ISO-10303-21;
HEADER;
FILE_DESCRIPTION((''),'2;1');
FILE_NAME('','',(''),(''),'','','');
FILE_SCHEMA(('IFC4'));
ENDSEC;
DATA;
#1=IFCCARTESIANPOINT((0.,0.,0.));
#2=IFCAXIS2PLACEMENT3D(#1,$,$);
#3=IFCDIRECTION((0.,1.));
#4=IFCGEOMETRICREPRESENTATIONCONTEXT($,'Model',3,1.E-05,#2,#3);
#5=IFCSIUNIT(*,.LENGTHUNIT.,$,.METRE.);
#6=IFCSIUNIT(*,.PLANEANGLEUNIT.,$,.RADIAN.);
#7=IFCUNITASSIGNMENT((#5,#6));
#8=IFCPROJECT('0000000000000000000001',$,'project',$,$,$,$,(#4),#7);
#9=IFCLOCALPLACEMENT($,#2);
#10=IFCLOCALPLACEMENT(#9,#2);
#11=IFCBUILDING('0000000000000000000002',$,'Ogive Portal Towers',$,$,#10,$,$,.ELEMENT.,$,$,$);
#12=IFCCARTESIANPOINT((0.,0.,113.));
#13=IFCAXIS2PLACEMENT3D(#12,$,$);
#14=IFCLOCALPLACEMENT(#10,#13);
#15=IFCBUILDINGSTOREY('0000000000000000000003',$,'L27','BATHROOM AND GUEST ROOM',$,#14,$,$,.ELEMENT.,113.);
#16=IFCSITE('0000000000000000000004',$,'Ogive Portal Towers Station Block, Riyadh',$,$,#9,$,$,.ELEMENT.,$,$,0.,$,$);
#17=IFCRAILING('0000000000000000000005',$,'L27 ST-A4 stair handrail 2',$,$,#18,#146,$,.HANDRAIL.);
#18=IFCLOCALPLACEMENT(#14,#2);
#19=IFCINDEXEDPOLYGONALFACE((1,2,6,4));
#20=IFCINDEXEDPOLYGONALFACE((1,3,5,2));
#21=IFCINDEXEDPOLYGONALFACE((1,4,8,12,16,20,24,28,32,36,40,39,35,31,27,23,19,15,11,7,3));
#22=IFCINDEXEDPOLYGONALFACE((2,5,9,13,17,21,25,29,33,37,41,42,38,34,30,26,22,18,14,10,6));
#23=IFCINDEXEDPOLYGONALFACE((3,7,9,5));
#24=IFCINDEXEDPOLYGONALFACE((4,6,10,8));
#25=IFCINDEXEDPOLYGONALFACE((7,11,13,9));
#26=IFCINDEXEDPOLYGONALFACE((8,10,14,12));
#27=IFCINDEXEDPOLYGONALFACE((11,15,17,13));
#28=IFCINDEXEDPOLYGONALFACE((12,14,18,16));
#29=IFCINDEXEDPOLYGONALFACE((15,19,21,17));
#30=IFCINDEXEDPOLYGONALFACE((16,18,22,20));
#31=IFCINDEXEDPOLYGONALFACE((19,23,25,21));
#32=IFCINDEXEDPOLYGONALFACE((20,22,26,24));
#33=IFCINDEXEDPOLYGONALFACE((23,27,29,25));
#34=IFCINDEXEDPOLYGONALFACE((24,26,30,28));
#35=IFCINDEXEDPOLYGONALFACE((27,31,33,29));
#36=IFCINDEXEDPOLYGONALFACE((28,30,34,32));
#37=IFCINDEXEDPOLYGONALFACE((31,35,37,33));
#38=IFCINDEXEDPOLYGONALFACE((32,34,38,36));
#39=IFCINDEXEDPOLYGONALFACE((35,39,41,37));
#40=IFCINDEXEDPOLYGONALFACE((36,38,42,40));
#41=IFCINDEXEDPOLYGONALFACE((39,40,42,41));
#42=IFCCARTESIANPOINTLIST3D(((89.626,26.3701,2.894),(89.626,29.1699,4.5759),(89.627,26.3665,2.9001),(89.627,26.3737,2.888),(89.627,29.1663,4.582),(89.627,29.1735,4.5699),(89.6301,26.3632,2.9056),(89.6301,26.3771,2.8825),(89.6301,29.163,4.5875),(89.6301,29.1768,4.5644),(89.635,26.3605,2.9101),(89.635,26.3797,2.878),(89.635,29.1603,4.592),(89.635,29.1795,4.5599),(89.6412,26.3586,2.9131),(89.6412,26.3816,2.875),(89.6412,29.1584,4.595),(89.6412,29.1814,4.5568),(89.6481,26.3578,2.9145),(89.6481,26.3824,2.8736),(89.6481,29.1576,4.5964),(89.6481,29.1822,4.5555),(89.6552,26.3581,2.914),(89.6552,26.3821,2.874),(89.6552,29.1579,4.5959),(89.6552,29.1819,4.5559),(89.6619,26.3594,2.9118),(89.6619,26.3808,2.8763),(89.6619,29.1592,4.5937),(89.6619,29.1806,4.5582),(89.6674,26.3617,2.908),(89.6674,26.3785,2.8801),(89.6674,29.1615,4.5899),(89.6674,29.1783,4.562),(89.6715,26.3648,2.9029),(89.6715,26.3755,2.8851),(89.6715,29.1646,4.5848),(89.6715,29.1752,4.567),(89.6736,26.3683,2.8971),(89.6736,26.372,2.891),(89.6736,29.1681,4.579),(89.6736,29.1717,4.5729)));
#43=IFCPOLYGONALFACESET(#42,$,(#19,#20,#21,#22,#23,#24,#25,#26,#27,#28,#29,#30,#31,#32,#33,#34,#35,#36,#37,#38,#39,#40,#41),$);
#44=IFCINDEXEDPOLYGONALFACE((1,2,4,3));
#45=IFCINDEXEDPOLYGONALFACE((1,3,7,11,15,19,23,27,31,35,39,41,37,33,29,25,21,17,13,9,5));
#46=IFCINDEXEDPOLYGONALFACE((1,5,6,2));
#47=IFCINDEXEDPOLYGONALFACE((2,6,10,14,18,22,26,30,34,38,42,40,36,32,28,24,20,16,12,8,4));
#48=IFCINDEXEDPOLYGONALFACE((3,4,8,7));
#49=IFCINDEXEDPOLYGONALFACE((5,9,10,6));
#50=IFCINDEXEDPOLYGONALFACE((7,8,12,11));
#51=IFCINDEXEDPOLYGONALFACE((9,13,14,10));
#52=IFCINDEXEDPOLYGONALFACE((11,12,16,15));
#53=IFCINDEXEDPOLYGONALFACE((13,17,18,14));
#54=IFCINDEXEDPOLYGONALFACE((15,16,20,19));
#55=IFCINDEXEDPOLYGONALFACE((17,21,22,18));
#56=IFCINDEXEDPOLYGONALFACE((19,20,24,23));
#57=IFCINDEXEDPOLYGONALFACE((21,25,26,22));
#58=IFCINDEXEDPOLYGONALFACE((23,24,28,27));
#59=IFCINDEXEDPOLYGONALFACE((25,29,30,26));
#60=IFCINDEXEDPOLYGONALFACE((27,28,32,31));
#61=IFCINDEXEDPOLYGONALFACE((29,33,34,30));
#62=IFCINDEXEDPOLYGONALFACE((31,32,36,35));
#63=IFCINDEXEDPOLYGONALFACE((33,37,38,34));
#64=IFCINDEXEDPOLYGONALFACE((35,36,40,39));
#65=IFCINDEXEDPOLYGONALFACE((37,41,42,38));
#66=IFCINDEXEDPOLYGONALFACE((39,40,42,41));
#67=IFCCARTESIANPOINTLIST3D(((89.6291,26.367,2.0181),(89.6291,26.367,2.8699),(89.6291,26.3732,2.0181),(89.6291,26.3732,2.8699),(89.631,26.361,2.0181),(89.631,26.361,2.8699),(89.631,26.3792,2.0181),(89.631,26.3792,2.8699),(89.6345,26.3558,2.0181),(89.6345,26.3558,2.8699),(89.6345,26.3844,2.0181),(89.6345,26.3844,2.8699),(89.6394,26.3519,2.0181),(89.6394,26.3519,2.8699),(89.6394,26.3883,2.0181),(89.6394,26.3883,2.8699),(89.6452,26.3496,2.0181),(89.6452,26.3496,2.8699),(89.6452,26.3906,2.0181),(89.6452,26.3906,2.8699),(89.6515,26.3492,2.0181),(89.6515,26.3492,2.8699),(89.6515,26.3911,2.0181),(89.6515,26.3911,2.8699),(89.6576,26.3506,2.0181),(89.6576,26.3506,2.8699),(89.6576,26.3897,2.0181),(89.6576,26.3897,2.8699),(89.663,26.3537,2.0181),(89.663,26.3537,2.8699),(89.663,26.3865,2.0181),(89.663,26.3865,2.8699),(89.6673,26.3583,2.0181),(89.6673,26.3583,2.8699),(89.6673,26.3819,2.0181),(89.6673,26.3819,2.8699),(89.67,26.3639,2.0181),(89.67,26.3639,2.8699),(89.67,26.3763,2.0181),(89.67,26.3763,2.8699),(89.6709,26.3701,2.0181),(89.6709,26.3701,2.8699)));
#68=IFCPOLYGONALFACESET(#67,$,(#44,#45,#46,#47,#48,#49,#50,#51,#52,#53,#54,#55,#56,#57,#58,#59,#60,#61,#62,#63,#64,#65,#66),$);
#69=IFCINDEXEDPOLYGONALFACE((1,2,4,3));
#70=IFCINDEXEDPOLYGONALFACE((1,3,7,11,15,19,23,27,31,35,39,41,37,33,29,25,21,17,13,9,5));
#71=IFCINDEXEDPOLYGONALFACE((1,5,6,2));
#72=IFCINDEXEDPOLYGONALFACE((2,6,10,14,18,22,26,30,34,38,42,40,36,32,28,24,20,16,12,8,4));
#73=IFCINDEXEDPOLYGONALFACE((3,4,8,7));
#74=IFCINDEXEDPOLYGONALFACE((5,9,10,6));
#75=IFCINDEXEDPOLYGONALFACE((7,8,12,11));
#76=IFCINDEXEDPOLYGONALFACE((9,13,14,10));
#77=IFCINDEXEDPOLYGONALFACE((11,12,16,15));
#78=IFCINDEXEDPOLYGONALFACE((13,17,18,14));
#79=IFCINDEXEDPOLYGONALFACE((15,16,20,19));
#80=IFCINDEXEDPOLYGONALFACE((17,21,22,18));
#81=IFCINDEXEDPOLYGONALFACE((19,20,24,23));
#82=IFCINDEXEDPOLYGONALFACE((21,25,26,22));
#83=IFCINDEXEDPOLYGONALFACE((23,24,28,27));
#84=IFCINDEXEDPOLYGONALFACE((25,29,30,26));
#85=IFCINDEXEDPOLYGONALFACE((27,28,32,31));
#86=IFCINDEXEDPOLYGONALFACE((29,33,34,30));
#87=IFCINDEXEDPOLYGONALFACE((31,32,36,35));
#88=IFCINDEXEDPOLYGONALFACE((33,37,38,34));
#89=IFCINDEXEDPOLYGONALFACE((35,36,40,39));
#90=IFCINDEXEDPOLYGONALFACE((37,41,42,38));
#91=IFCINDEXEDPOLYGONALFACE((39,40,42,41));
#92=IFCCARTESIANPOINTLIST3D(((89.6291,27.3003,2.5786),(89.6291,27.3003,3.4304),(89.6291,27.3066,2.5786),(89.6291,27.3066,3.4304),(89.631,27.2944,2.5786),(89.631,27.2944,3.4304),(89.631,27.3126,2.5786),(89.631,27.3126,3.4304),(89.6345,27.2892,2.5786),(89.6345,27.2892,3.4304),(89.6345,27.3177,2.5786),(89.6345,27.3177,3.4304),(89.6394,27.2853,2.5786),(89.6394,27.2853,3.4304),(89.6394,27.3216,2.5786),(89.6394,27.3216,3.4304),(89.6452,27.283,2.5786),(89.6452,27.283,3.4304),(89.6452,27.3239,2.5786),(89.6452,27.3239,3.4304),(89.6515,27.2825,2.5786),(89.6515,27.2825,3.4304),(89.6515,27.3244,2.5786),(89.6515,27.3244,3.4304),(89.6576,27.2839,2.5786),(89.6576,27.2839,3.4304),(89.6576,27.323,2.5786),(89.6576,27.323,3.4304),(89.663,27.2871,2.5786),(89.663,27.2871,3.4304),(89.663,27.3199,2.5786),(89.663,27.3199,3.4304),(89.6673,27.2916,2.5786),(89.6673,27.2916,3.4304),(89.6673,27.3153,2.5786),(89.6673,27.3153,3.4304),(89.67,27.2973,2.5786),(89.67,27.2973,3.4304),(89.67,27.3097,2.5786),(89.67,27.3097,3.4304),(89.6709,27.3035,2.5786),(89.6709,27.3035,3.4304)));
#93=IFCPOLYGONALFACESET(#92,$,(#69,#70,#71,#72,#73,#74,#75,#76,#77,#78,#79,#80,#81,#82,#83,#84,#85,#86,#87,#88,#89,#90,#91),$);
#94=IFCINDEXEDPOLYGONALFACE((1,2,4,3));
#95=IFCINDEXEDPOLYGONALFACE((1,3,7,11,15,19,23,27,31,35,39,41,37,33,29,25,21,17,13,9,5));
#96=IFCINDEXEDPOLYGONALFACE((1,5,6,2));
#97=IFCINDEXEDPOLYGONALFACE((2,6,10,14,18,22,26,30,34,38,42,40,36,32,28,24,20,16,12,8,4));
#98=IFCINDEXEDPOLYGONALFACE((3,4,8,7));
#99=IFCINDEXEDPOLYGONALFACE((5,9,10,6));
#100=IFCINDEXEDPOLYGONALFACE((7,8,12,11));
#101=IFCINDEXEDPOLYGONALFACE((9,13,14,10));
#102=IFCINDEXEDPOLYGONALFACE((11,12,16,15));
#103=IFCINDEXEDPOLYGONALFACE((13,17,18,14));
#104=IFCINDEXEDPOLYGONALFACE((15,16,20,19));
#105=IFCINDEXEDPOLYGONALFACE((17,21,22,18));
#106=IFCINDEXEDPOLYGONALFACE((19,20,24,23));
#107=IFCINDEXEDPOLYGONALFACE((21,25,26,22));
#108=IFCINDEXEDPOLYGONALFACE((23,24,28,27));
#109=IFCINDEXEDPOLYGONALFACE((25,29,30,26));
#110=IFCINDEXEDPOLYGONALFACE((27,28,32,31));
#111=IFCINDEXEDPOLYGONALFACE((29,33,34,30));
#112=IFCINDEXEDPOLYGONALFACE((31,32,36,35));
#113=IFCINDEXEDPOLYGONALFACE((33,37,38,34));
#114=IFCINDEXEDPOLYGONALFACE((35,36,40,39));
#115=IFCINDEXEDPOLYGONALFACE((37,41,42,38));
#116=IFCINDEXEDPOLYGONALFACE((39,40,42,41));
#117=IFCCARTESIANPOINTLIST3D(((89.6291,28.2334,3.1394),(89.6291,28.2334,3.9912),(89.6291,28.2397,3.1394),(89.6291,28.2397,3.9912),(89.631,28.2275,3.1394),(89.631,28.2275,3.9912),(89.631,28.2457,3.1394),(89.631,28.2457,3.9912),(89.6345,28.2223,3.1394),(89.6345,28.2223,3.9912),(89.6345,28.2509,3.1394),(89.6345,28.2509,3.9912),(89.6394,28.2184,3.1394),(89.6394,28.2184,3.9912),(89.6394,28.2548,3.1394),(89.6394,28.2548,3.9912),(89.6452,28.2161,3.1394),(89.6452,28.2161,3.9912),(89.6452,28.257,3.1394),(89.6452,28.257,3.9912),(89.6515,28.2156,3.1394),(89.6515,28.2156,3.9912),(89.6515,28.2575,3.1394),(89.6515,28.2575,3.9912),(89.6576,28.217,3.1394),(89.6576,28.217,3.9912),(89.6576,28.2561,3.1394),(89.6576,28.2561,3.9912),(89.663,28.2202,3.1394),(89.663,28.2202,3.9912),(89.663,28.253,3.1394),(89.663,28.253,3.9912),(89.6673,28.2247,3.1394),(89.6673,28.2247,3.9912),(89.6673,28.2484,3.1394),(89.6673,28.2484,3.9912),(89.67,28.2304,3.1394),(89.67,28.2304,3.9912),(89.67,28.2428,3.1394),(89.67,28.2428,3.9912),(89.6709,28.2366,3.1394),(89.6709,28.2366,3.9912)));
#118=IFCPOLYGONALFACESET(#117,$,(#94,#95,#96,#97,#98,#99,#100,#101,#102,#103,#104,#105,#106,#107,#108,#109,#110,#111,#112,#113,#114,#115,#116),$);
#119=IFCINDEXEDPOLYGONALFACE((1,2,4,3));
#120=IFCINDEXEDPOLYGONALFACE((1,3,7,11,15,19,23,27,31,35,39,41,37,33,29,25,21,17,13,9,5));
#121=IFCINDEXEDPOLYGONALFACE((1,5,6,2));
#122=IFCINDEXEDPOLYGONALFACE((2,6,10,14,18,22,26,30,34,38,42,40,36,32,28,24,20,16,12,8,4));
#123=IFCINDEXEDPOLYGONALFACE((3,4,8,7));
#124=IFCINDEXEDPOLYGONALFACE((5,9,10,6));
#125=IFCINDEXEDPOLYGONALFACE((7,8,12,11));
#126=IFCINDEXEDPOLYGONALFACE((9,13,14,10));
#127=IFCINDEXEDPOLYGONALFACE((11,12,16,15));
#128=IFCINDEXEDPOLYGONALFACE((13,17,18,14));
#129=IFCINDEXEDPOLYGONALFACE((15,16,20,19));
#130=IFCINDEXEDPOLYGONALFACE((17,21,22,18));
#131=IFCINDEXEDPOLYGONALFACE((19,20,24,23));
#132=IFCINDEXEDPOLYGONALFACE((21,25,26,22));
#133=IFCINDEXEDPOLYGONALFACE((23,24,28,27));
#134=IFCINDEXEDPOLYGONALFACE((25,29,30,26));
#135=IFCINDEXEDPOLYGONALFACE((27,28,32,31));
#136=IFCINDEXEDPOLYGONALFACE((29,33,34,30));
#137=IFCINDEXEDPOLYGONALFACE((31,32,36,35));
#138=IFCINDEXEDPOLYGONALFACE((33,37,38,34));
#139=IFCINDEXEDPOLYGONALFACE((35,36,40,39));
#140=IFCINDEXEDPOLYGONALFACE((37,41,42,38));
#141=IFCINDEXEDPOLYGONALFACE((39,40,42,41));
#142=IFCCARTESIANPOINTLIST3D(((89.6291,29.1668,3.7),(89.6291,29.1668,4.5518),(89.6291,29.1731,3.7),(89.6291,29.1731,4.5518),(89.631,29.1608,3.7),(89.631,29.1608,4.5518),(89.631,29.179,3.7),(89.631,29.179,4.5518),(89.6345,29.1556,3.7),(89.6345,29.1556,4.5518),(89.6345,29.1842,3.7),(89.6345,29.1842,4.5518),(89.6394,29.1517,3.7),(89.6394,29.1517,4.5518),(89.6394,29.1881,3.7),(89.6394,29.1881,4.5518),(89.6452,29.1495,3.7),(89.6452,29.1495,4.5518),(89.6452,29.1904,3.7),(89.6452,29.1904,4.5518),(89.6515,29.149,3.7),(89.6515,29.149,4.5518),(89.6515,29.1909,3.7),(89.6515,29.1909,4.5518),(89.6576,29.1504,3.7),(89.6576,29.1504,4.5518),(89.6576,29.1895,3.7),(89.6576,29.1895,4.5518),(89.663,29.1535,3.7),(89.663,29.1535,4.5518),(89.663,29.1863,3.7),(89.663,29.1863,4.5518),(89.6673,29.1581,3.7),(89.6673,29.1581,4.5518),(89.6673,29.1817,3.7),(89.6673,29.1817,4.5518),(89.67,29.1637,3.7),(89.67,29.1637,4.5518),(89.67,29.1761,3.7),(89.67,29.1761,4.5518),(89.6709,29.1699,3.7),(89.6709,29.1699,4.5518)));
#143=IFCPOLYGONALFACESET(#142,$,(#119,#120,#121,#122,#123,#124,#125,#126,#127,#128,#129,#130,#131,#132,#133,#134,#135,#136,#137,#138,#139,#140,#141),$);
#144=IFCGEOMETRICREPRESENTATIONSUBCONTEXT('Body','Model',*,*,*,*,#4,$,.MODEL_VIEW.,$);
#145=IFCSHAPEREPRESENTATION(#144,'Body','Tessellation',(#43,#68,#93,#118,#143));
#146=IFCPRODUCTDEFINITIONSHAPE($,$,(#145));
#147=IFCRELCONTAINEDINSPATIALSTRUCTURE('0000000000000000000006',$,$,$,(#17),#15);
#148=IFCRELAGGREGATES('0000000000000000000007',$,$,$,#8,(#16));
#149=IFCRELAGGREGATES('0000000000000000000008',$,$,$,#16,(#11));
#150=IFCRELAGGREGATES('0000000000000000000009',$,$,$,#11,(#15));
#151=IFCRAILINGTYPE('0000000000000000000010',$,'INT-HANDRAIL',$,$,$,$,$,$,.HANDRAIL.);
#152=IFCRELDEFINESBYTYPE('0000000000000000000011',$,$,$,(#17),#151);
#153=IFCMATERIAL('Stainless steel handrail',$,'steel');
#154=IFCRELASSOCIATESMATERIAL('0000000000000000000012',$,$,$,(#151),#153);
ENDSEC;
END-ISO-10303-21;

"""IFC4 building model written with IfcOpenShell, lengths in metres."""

from ifc_helpers import new_model, si_unit, direction, frame, origin, origin_2d, place, context, subcontext, project, spatial, circle, extrude, material, type_object, element, save


model = new_model("IFC4")

# Units and contexts
model_context = context("Model", 3, precision=1e-05, world=origin(), true_north=direction((0.0, 1.0)))
body_context = subcontext(model_context, "Body", "Model", "MODEL_VIEW")
ifc_project = project(units=[si_unit("LENGTHUNIT", "METRE"), si_unit("PLANEANGLEUNIT", "RADIAN")], contexts=[model_context])

# Site, building, storey
site_placement = place(None, origin())
site = spatial("IfcSite", under=ifc_project, at=site_placement, Name="Ogive Portal Towers Station Block, Riyadh", CompositionType="ELEMENT", RefElevation=0.0)
building_placement = place(site_placement, origin())
building = spatial("IfcBuilding", under=site, at=building_placement, Name="Ogive Portal Towers", CompositionType="ELEMENT")
storey_placement = place(building_placement, frame((0.0, 0.0, 113.0)))
storey = spatial("IfcBuildingStorey", under=building, at=storey_placement, Name="L27", Description="BATHROOM AND GUEST ROOM", CompositionType="ELEMENT", Elevation=113.0)

# Railing
ifc_material_1 = material(Name="Stainless steel handrail", Category="steel")
railing_type_1 = type_object("IfcRailingType", Name="INT-HANDRAIL", PredefinedType="HANDRAIL", material=ifc_material_1)
railing_1_placement = place(storey_placement, frame((89.6499, 26.3701, 2.0181)))
element("IfcRailing", 1, at=railing_1_placement, inside=storey, type_object=railing_type_1, Name="L27 ST-A4 stair handrail 2", PredefinedType="HANDRAIL", context=body_context, shape_type="SweptSolid", body=[
    extrude(circle(Radius=0.0239, at=origin_2d()), frame((0.0, 0.0, 0.876), z_axis=(0.0, 0.857222, 0.514946), x_axis=(-1.0, 0.0, 0.0)), (0.0, 0.0, 1.0), 3.2661),
    extrude(circle(Radius=0.021, at=origin_2d()), origin(), (0.0, 0.0, 1.0), 0.8518),
    extrude(circle(Radius=0.021, at=origin_2d()), frame((0.0, 0.9333, 0.5605)), (0.0, 0.0, 1.0), 0.8518),
    extrude(circle(Radius=0.021, at=origin_2d()), frame((0.0, 1.8665, 1.1213)), (0.0, 0.0, 1.0), 0.8518),
    extrude(circle(Radius=0.021, at=origin_2d()), frame((0.0, 2.7998, 1.6819)), (0.0, 0.0, 1.0), 0.8518),
])

save(model, "model.ifc")
